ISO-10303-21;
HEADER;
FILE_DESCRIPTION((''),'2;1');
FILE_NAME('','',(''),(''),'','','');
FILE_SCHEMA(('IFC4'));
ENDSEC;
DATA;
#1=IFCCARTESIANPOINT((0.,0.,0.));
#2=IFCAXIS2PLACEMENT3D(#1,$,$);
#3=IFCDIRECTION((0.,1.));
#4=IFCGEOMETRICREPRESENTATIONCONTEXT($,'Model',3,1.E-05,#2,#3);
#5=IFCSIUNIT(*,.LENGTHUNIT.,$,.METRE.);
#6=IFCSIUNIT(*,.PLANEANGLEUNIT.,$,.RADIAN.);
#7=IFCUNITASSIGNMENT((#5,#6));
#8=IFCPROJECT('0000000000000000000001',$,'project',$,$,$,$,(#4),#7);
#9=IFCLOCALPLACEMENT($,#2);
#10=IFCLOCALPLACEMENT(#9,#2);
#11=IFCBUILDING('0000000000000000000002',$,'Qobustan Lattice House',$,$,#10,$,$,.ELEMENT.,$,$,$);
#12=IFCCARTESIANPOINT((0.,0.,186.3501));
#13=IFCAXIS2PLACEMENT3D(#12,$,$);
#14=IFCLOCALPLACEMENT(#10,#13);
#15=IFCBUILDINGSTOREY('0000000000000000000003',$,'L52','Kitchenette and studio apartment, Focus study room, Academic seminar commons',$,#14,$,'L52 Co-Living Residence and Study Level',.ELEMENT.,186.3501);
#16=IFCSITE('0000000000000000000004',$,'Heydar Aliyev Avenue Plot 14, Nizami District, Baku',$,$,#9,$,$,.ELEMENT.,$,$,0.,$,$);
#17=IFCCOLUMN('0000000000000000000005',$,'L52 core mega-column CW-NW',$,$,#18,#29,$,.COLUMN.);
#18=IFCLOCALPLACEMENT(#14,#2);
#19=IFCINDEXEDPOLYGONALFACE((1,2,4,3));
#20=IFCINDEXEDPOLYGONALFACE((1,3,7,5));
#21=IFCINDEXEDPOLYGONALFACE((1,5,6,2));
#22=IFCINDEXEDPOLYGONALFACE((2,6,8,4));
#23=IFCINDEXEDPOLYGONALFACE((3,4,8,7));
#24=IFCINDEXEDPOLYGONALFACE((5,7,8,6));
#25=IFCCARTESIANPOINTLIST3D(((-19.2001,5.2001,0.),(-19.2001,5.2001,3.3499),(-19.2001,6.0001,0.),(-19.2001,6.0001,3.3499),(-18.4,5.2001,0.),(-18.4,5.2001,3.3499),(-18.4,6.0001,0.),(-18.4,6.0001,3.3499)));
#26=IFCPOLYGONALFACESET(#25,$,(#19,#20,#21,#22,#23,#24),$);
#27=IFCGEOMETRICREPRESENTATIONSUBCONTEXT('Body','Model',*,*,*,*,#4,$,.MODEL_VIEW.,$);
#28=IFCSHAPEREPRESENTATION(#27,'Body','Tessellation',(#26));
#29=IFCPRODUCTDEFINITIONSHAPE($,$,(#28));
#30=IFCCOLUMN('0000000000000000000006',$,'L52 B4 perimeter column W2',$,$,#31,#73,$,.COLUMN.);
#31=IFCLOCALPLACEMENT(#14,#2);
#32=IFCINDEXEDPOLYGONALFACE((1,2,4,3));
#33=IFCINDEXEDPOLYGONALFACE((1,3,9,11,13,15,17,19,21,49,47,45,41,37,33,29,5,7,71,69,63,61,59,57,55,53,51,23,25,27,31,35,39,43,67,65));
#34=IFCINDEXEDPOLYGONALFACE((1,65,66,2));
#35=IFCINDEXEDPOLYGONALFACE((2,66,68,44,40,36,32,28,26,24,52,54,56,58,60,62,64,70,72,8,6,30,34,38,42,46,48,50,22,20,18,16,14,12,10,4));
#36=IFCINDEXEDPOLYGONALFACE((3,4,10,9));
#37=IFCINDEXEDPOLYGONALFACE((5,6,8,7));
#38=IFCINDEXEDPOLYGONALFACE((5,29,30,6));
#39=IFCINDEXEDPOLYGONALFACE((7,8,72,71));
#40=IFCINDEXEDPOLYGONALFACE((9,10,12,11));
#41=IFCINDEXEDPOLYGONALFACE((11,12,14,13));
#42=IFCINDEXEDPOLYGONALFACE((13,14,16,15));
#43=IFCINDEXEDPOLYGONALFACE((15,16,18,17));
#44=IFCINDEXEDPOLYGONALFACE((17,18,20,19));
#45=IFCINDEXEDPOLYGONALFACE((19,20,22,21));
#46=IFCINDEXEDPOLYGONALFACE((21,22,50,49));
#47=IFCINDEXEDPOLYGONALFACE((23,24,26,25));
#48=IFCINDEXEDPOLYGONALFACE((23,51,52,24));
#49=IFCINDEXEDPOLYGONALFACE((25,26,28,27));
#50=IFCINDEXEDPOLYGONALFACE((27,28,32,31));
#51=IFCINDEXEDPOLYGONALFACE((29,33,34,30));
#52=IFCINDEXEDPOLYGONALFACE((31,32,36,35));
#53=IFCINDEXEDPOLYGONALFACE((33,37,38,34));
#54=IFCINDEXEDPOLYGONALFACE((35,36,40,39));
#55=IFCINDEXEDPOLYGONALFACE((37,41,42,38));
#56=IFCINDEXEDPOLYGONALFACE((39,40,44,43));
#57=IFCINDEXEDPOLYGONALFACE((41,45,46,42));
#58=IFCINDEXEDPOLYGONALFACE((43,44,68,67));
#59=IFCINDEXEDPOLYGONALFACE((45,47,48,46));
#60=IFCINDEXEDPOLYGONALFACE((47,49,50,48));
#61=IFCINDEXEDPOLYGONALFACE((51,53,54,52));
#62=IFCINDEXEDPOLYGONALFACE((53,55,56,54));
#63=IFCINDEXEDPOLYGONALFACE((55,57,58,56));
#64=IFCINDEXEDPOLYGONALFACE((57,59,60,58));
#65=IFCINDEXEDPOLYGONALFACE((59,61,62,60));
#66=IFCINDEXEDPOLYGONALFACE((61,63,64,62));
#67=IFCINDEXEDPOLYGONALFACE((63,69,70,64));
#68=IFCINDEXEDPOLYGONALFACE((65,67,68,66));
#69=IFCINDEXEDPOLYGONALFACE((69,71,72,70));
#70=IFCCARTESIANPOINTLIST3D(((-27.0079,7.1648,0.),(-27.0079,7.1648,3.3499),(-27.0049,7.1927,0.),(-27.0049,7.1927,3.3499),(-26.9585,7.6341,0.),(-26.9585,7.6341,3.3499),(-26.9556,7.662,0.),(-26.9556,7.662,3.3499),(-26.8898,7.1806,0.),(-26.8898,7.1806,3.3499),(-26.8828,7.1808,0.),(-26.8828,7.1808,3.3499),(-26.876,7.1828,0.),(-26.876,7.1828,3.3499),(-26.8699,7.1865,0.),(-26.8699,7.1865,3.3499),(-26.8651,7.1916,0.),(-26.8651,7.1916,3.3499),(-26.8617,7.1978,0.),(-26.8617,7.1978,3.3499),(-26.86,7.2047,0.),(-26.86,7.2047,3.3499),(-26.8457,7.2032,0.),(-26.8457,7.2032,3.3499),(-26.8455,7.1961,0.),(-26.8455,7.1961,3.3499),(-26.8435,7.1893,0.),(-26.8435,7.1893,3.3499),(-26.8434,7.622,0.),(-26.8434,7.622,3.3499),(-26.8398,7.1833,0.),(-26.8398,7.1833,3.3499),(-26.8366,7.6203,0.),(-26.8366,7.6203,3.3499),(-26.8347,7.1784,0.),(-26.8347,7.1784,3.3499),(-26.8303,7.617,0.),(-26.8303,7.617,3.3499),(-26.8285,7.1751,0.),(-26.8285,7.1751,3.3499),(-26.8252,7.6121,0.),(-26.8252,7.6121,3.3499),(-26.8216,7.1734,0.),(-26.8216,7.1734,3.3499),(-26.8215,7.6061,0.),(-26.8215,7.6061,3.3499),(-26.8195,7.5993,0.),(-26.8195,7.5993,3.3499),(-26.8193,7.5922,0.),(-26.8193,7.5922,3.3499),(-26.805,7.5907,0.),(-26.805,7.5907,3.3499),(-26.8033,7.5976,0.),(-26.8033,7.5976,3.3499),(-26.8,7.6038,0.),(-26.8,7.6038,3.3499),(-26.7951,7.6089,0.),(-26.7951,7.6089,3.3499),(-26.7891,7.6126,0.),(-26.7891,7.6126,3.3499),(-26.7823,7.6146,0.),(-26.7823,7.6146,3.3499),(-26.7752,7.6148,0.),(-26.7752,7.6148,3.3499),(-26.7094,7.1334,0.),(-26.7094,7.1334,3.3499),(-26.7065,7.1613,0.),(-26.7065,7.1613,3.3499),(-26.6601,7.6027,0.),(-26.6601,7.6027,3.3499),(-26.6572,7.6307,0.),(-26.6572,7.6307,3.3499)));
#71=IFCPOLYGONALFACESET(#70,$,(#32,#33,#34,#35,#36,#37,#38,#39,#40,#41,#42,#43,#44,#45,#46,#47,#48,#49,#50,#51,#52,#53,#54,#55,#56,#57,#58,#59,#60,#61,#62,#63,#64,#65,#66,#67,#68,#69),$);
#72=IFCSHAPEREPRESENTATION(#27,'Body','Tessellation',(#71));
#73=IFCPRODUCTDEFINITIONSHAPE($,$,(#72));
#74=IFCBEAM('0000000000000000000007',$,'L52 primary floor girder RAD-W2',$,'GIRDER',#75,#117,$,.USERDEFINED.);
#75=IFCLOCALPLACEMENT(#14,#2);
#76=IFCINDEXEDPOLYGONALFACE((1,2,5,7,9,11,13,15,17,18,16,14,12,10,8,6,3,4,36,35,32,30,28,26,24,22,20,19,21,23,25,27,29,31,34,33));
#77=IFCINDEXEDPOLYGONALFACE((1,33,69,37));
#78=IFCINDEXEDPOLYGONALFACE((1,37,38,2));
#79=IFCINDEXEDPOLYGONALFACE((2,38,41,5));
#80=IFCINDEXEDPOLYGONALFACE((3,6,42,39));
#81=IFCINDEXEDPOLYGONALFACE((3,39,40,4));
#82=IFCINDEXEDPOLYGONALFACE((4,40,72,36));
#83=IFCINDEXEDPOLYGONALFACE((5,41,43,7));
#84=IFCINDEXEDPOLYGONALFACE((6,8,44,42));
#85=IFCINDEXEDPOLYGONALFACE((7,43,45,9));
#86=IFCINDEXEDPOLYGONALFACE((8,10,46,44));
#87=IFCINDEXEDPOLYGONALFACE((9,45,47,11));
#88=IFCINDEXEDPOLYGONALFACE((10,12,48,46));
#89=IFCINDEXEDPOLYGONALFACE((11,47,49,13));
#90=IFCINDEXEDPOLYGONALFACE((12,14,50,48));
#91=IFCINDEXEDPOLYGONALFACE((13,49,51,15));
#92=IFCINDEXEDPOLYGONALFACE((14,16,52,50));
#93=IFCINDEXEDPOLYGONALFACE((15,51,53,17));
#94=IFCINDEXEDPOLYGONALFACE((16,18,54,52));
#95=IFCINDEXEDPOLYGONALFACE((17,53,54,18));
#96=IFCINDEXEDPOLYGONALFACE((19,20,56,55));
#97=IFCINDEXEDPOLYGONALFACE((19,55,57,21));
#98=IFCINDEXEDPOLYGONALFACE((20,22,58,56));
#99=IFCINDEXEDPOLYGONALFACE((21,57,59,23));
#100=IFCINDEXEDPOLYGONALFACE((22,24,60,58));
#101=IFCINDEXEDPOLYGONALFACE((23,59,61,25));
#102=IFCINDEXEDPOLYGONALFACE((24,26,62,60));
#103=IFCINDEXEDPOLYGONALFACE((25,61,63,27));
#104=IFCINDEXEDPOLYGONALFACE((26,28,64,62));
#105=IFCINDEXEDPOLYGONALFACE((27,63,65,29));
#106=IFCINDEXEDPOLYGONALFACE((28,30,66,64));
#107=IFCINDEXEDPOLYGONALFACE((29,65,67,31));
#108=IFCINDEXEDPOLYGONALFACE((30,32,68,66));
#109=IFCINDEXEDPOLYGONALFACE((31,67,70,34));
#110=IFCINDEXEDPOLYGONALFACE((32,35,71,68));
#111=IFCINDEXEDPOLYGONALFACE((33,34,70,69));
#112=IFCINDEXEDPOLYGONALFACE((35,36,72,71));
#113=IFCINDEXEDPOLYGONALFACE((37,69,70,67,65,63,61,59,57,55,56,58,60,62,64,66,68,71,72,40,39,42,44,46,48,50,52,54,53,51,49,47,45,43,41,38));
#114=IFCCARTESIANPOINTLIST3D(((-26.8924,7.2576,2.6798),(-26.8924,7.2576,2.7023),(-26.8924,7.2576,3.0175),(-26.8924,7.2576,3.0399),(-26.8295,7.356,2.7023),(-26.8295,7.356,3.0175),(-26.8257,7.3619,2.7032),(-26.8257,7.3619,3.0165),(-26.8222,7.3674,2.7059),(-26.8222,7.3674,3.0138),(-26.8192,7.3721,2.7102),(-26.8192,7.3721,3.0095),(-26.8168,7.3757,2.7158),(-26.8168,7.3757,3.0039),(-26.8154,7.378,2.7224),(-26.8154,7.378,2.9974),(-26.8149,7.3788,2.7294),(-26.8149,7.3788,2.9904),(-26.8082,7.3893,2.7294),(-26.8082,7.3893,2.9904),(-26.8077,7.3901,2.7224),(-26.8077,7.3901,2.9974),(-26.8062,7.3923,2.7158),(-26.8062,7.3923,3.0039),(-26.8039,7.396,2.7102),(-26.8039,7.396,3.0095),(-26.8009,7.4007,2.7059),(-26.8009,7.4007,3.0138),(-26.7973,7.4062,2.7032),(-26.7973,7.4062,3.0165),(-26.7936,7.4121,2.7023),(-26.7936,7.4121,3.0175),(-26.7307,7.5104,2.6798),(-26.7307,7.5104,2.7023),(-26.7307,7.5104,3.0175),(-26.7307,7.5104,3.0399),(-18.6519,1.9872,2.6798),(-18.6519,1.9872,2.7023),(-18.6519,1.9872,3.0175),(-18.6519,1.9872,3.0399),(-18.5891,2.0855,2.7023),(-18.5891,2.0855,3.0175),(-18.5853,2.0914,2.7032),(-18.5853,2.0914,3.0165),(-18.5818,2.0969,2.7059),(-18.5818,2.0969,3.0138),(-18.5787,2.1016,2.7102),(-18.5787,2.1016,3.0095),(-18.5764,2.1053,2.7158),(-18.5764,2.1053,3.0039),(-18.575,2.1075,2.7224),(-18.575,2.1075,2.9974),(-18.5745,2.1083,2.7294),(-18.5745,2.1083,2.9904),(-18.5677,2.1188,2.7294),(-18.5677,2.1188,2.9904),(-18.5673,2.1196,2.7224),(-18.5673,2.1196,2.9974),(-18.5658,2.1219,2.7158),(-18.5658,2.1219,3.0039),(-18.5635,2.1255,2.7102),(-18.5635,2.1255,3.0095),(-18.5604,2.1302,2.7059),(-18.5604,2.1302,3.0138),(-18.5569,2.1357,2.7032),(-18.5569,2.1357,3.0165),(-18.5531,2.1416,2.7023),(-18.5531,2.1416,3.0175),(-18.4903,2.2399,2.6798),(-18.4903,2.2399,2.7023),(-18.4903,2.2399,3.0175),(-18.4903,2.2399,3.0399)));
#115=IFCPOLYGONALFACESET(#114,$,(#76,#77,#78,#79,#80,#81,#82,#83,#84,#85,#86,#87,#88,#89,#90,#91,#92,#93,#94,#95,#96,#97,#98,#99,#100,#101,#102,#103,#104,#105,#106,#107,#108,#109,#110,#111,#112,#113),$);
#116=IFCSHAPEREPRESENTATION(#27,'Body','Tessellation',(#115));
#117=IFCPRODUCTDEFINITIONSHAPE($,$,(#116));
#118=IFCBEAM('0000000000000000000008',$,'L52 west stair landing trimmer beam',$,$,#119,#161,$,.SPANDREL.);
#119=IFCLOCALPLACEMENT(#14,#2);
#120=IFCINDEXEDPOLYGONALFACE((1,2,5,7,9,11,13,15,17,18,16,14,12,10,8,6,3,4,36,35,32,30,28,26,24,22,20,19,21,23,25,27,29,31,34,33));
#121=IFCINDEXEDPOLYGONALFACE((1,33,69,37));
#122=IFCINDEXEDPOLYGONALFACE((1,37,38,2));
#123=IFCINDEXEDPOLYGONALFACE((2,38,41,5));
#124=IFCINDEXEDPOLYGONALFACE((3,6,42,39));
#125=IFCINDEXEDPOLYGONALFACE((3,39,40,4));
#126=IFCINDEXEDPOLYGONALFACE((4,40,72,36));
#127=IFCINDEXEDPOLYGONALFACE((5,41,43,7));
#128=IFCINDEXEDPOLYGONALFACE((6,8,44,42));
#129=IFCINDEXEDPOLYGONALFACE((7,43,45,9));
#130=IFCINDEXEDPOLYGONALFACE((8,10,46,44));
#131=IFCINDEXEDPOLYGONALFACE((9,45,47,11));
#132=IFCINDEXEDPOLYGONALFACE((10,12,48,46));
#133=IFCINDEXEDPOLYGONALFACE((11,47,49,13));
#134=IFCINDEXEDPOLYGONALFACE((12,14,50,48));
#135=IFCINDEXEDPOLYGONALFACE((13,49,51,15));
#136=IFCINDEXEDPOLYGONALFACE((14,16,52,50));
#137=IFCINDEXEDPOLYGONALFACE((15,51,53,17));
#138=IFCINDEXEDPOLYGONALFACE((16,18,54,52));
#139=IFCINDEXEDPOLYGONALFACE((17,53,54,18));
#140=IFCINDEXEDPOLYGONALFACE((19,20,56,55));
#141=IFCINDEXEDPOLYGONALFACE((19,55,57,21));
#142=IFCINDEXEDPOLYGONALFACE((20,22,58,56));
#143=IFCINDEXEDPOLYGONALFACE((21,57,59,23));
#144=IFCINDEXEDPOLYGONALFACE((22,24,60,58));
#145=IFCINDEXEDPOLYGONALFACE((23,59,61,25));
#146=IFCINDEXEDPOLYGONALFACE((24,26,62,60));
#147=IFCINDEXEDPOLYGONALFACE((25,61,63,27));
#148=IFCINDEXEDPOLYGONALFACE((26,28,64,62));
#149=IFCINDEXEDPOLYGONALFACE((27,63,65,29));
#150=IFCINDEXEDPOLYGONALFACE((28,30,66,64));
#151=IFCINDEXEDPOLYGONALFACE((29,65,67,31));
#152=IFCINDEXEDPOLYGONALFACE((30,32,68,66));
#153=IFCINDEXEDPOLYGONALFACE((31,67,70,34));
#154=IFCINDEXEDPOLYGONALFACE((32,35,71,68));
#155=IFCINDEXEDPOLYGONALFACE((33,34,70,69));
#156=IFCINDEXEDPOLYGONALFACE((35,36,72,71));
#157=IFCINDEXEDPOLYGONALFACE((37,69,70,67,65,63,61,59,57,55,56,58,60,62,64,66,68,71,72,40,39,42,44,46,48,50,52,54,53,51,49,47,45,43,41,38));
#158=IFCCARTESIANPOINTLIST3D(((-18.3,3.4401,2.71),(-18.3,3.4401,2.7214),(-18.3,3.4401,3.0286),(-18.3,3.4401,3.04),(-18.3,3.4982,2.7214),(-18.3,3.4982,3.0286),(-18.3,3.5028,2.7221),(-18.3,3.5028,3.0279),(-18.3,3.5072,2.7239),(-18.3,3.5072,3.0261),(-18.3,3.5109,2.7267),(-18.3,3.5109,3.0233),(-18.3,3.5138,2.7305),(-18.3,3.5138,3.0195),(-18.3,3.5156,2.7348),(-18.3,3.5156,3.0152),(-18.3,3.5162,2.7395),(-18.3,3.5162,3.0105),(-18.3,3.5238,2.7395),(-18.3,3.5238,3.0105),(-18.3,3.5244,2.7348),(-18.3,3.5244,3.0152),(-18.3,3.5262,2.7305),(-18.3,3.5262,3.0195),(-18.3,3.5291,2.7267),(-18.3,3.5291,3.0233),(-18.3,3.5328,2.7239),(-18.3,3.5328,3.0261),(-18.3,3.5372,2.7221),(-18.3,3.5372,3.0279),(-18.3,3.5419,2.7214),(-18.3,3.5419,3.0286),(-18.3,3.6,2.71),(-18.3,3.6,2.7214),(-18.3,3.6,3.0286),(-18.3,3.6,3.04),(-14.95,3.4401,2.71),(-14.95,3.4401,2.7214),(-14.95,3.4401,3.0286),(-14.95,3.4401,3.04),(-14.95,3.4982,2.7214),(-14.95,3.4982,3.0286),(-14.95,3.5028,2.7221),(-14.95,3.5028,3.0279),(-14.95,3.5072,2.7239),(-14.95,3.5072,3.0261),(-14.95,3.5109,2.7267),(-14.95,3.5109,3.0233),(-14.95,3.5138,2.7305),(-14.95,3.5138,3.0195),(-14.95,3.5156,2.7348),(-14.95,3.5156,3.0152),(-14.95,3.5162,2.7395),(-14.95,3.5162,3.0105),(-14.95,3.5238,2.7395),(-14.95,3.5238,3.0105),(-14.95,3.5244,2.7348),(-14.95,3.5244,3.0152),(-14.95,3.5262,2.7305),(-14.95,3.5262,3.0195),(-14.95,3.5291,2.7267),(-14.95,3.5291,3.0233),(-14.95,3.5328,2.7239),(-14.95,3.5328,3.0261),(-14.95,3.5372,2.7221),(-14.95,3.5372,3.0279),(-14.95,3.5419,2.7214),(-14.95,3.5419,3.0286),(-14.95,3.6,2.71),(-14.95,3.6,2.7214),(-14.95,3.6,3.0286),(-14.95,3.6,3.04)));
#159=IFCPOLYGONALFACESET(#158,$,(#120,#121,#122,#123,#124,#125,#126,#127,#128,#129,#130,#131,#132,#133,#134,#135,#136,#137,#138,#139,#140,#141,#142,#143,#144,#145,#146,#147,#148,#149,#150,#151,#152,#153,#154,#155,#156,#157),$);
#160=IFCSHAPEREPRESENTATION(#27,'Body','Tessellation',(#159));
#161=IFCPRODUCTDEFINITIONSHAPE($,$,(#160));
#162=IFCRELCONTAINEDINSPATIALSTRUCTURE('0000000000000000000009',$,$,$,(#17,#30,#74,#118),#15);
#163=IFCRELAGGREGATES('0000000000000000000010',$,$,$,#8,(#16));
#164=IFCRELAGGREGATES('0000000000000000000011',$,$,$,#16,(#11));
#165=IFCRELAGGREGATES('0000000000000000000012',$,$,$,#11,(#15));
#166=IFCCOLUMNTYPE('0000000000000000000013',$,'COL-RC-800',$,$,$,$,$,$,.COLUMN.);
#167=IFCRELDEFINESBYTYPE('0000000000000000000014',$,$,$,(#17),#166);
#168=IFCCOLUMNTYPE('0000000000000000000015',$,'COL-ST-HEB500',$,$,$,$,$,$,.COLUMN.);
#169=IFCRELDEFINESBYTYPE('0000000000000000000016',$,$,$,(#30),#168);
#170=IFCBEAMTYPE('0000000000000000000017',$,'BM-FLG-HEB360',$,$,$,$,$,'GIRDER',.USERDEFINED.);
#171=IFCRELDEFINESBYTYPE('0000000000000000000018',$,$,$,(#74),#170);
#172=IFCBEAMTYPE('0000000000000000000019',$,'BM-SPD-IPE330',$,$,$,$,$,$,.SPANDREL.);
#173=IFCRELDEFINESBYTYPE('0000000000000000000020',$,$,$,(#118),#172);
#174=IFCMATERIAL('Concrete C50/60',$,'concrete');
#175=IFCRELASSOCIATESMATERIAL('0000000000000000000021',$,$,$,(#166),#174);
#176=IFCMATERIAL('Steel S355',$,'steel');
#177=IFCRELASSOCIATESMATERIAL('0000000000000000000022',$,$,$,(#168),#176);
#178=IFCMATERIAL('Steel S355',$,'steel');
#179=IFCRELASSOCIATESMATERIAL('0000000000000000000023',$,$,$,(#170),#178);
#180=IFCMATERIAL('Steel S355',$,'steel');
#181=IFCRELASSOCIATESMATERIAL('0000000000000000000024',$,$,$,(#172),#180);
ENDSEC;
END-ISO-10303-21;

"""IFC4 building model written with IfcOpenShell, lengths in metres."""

from ifc_helpers import new_model, si_unit, direction, frame, origin, origin_2d, place, context, subcontext, project, spatial, rectangle, i_section, extrude, material, material_profile, profile_set, type_object, element, save


model = new_model("IFC4")

# Units and contexts
model_context = context("Model", 3, precision=1e-05, world=origin(), true_north=direction((0.0, 1.0)))
body_context = subcontext(model_context, "Body", "Model", "MODEL_VIEW")
ifc_project = project(units=[si_unit("LENGTHUNIT", "METRE"), si_unit("PLANEANGLEUNIT", "RADIAN")], contexts=[model_context])

# Site, building, storey
site_placement = place(None, origin())
site = spatial("IfcSite", under=ifc_project, at=site_placement, Name="Heydar Aliyev Avenue Plot 14, Nizami District, Baku", CompositionType="ELEMENT", RefElevation=0.0)
building_placement = place(site_placement, origin())
building = spatial("IfcBuilding", under=site, at=building_placement, Name="Qobustan Lattice House", CompositionType="ELEMENT")
storey_placement = place(building_placement, frame((0.0, 0.0, 186.3501)))
storey = spatial("IfcBuildingStorey", under=building, at=storey_placement, Name="L52", Description="Kitchenette and studio apartment, Focus study room, Academic seminar commons", LongName="L52 Co-Living Residence and Study Level", CompositionType="ELEMENT", Elevation=186.3501)

# Columns
ifc_material_1 = material(Name="Concrete C50/60", Category="concrete")
ifc_material_profile_1 = material_profile(ifc_material_1, rectangle(XDim=0.8, YDim=0.8, at=origin_2d()), Name="RC800x800")
ifc_profile_set_1 = profile_set([ifc_material_profile_1], Name="Concrete C50/60")
column_type_1 = type_object("IfcColumnType", Name="COL-RC-800", PredefinedType="COLUMN", material=ifc_profile_set_1)
column_1_placement = place(storey_placement, frame((-18.8, 5.6001, 0.0), z_axis=(0.0, 0.0, 1.0), x_axis=(1.0, 0.0, 0.0)))
element("IfcColumn", 1, at=column_1_placement, inside=storey, type_object=column_type_1, Name="L52 core mega-column CW-NW", PredefinedType="COLUMN", context=body_context, shape_type="SweptSolid", body=[
    extrude(rectangle(XDim=0.8, YDim=0.8, at=origin_2d()), origin(), (0.0, 0.0, 1.0), 3.3499),
])
ifc_material_2 = material(Name="Steel S355", Category="steel")
ifc_material_profile_2 = material_profile(ifc_material_2, i_section(OverallWidth=0.3, OverallDepth=0.5, WebThickness=0.0144, FlangeThickness=0.0281, FilletRadius=0.0271, at=origin_2d()), Name="HEB500")
ifc_profile_set_2 = profile_set([ifc_material_profile_2], Name="Steel S355")
column_type_2 = type_object("IfcColumnType", Name="COL-ST-HEB500", PredefinedType="COLUMN", material=ifc_profile_set_2)
column_2_placement = place(storey_placement, frame((-26.8325, 7.3977, 0.0), z_axis=(0.0, 0.0, 1.0), x_axis=(0.994522, -0.104528, 0.0)))
element("IfcColumn", 2, at=column_2_placement, inside=storey, type_object=column_type_2, Name="L52 B4 perimeter column W2", PredefinedType="COLUMN", context=body_context, shape_type="SweptSolid", body=[
    extrude(i_section(OverallWidth=0.3, OverallDepth=0.5, WebThickness=0.0144, FlangeThickness=0.0281, FilletRadius=0.0271, at=origin_2d()), origin(), (0.0, 0.0, 1.0), 3.3499),
])

# Beams
ifc_material_3 = material(Name="Steel S355", Category="steel")
ifc_material_profile_3 = material_profile(ifc_material_3, i_section(OverallWidth=0.3, OverallDepth=0.3601, WebThickness=0.0125, FlangeThickness=0.0225, FilletRadius=0.0271, at=origin_2d()), Name="HEB360")
ifc_profile_set_3 = profile_set([ifc_material_profile_3], Name="Steel S355")
beam_type_1 = type_object("IfcBeamType", Name="BM-FLG-HEB360", ElementType="GIRDER", PredefinedType="USERDEFINED", material=ifc_profile_set_3)
beam_1_placement = place(storey_placement, frame((-26.8115, 7.384, 2.8599), z_axis=(0.842429, -0.538807, 0.0), x_axis=(0.538807, 0.842429, 0.0)))
element("IfcBeam", 3, at=beam_1_placement, inside=storey, type_object=beam_type_1, Name="L52 primary floor girder RAD-W2", ObjectType="GIRDER", PredefinedType="USERDEFINED", context=body_context, shape_type="SweptSolid", body=[
    extrude(i_section(OverallWidth=0.3, OverallDepth=0.3601, WebThickness=0.0125, FlangeThickness=0.0225, FilletRadius=0.0271, at=origin_2d()), origin(), (0.0, 0.0, 1.0), 9.7817),
])
ifc_material_4 = material(Name="Steel S355", Category="steel")
ifc_material_profile_4 = material_profile(ifc_material_4, i_section(OverallWidth=0.1599, OverallDepth=0.3301, WebThickness=0.0076, FlangeThickness=0.0115, FilletRadius=0.0181, at=origin_2d()), Name="IPE330")
ifc_profile_set_4 = profile_set([ifc_material_profile_4], Name="Steel S355")
beam_type_2 = type_object("IfcBeamType", Name="BM-SPD-IPE330", PredefinedType="SPANDREL", material=ifc_profile_set_4)
beam_2_placement = place(storey_placement, frame((-18.3, 3.52, 2.875), z_axis=(1.0, 0.0, 0.0), x_axis=(0.0, 1.0, 0.0)))
element("IfcBeam", 4, at=beam_2_placement, inside=storey, type_object=beam_type_2, Name="L52 west stair landing trimmer beam", PredefinedType="SPANDREL", context=body_context, shape_type="SweptSolid", body=[
    extrude(i_section(OverallWidth=0.1599, OverallDepth=0.3301, WebThickness=0.0076, FlangeThickness=0.0115, FilletRadius=0.0181, at=origin_2d()), origin(), (0.0, 0.0, 1.0), 3.3501),
])

save(model, "model.ifc")
